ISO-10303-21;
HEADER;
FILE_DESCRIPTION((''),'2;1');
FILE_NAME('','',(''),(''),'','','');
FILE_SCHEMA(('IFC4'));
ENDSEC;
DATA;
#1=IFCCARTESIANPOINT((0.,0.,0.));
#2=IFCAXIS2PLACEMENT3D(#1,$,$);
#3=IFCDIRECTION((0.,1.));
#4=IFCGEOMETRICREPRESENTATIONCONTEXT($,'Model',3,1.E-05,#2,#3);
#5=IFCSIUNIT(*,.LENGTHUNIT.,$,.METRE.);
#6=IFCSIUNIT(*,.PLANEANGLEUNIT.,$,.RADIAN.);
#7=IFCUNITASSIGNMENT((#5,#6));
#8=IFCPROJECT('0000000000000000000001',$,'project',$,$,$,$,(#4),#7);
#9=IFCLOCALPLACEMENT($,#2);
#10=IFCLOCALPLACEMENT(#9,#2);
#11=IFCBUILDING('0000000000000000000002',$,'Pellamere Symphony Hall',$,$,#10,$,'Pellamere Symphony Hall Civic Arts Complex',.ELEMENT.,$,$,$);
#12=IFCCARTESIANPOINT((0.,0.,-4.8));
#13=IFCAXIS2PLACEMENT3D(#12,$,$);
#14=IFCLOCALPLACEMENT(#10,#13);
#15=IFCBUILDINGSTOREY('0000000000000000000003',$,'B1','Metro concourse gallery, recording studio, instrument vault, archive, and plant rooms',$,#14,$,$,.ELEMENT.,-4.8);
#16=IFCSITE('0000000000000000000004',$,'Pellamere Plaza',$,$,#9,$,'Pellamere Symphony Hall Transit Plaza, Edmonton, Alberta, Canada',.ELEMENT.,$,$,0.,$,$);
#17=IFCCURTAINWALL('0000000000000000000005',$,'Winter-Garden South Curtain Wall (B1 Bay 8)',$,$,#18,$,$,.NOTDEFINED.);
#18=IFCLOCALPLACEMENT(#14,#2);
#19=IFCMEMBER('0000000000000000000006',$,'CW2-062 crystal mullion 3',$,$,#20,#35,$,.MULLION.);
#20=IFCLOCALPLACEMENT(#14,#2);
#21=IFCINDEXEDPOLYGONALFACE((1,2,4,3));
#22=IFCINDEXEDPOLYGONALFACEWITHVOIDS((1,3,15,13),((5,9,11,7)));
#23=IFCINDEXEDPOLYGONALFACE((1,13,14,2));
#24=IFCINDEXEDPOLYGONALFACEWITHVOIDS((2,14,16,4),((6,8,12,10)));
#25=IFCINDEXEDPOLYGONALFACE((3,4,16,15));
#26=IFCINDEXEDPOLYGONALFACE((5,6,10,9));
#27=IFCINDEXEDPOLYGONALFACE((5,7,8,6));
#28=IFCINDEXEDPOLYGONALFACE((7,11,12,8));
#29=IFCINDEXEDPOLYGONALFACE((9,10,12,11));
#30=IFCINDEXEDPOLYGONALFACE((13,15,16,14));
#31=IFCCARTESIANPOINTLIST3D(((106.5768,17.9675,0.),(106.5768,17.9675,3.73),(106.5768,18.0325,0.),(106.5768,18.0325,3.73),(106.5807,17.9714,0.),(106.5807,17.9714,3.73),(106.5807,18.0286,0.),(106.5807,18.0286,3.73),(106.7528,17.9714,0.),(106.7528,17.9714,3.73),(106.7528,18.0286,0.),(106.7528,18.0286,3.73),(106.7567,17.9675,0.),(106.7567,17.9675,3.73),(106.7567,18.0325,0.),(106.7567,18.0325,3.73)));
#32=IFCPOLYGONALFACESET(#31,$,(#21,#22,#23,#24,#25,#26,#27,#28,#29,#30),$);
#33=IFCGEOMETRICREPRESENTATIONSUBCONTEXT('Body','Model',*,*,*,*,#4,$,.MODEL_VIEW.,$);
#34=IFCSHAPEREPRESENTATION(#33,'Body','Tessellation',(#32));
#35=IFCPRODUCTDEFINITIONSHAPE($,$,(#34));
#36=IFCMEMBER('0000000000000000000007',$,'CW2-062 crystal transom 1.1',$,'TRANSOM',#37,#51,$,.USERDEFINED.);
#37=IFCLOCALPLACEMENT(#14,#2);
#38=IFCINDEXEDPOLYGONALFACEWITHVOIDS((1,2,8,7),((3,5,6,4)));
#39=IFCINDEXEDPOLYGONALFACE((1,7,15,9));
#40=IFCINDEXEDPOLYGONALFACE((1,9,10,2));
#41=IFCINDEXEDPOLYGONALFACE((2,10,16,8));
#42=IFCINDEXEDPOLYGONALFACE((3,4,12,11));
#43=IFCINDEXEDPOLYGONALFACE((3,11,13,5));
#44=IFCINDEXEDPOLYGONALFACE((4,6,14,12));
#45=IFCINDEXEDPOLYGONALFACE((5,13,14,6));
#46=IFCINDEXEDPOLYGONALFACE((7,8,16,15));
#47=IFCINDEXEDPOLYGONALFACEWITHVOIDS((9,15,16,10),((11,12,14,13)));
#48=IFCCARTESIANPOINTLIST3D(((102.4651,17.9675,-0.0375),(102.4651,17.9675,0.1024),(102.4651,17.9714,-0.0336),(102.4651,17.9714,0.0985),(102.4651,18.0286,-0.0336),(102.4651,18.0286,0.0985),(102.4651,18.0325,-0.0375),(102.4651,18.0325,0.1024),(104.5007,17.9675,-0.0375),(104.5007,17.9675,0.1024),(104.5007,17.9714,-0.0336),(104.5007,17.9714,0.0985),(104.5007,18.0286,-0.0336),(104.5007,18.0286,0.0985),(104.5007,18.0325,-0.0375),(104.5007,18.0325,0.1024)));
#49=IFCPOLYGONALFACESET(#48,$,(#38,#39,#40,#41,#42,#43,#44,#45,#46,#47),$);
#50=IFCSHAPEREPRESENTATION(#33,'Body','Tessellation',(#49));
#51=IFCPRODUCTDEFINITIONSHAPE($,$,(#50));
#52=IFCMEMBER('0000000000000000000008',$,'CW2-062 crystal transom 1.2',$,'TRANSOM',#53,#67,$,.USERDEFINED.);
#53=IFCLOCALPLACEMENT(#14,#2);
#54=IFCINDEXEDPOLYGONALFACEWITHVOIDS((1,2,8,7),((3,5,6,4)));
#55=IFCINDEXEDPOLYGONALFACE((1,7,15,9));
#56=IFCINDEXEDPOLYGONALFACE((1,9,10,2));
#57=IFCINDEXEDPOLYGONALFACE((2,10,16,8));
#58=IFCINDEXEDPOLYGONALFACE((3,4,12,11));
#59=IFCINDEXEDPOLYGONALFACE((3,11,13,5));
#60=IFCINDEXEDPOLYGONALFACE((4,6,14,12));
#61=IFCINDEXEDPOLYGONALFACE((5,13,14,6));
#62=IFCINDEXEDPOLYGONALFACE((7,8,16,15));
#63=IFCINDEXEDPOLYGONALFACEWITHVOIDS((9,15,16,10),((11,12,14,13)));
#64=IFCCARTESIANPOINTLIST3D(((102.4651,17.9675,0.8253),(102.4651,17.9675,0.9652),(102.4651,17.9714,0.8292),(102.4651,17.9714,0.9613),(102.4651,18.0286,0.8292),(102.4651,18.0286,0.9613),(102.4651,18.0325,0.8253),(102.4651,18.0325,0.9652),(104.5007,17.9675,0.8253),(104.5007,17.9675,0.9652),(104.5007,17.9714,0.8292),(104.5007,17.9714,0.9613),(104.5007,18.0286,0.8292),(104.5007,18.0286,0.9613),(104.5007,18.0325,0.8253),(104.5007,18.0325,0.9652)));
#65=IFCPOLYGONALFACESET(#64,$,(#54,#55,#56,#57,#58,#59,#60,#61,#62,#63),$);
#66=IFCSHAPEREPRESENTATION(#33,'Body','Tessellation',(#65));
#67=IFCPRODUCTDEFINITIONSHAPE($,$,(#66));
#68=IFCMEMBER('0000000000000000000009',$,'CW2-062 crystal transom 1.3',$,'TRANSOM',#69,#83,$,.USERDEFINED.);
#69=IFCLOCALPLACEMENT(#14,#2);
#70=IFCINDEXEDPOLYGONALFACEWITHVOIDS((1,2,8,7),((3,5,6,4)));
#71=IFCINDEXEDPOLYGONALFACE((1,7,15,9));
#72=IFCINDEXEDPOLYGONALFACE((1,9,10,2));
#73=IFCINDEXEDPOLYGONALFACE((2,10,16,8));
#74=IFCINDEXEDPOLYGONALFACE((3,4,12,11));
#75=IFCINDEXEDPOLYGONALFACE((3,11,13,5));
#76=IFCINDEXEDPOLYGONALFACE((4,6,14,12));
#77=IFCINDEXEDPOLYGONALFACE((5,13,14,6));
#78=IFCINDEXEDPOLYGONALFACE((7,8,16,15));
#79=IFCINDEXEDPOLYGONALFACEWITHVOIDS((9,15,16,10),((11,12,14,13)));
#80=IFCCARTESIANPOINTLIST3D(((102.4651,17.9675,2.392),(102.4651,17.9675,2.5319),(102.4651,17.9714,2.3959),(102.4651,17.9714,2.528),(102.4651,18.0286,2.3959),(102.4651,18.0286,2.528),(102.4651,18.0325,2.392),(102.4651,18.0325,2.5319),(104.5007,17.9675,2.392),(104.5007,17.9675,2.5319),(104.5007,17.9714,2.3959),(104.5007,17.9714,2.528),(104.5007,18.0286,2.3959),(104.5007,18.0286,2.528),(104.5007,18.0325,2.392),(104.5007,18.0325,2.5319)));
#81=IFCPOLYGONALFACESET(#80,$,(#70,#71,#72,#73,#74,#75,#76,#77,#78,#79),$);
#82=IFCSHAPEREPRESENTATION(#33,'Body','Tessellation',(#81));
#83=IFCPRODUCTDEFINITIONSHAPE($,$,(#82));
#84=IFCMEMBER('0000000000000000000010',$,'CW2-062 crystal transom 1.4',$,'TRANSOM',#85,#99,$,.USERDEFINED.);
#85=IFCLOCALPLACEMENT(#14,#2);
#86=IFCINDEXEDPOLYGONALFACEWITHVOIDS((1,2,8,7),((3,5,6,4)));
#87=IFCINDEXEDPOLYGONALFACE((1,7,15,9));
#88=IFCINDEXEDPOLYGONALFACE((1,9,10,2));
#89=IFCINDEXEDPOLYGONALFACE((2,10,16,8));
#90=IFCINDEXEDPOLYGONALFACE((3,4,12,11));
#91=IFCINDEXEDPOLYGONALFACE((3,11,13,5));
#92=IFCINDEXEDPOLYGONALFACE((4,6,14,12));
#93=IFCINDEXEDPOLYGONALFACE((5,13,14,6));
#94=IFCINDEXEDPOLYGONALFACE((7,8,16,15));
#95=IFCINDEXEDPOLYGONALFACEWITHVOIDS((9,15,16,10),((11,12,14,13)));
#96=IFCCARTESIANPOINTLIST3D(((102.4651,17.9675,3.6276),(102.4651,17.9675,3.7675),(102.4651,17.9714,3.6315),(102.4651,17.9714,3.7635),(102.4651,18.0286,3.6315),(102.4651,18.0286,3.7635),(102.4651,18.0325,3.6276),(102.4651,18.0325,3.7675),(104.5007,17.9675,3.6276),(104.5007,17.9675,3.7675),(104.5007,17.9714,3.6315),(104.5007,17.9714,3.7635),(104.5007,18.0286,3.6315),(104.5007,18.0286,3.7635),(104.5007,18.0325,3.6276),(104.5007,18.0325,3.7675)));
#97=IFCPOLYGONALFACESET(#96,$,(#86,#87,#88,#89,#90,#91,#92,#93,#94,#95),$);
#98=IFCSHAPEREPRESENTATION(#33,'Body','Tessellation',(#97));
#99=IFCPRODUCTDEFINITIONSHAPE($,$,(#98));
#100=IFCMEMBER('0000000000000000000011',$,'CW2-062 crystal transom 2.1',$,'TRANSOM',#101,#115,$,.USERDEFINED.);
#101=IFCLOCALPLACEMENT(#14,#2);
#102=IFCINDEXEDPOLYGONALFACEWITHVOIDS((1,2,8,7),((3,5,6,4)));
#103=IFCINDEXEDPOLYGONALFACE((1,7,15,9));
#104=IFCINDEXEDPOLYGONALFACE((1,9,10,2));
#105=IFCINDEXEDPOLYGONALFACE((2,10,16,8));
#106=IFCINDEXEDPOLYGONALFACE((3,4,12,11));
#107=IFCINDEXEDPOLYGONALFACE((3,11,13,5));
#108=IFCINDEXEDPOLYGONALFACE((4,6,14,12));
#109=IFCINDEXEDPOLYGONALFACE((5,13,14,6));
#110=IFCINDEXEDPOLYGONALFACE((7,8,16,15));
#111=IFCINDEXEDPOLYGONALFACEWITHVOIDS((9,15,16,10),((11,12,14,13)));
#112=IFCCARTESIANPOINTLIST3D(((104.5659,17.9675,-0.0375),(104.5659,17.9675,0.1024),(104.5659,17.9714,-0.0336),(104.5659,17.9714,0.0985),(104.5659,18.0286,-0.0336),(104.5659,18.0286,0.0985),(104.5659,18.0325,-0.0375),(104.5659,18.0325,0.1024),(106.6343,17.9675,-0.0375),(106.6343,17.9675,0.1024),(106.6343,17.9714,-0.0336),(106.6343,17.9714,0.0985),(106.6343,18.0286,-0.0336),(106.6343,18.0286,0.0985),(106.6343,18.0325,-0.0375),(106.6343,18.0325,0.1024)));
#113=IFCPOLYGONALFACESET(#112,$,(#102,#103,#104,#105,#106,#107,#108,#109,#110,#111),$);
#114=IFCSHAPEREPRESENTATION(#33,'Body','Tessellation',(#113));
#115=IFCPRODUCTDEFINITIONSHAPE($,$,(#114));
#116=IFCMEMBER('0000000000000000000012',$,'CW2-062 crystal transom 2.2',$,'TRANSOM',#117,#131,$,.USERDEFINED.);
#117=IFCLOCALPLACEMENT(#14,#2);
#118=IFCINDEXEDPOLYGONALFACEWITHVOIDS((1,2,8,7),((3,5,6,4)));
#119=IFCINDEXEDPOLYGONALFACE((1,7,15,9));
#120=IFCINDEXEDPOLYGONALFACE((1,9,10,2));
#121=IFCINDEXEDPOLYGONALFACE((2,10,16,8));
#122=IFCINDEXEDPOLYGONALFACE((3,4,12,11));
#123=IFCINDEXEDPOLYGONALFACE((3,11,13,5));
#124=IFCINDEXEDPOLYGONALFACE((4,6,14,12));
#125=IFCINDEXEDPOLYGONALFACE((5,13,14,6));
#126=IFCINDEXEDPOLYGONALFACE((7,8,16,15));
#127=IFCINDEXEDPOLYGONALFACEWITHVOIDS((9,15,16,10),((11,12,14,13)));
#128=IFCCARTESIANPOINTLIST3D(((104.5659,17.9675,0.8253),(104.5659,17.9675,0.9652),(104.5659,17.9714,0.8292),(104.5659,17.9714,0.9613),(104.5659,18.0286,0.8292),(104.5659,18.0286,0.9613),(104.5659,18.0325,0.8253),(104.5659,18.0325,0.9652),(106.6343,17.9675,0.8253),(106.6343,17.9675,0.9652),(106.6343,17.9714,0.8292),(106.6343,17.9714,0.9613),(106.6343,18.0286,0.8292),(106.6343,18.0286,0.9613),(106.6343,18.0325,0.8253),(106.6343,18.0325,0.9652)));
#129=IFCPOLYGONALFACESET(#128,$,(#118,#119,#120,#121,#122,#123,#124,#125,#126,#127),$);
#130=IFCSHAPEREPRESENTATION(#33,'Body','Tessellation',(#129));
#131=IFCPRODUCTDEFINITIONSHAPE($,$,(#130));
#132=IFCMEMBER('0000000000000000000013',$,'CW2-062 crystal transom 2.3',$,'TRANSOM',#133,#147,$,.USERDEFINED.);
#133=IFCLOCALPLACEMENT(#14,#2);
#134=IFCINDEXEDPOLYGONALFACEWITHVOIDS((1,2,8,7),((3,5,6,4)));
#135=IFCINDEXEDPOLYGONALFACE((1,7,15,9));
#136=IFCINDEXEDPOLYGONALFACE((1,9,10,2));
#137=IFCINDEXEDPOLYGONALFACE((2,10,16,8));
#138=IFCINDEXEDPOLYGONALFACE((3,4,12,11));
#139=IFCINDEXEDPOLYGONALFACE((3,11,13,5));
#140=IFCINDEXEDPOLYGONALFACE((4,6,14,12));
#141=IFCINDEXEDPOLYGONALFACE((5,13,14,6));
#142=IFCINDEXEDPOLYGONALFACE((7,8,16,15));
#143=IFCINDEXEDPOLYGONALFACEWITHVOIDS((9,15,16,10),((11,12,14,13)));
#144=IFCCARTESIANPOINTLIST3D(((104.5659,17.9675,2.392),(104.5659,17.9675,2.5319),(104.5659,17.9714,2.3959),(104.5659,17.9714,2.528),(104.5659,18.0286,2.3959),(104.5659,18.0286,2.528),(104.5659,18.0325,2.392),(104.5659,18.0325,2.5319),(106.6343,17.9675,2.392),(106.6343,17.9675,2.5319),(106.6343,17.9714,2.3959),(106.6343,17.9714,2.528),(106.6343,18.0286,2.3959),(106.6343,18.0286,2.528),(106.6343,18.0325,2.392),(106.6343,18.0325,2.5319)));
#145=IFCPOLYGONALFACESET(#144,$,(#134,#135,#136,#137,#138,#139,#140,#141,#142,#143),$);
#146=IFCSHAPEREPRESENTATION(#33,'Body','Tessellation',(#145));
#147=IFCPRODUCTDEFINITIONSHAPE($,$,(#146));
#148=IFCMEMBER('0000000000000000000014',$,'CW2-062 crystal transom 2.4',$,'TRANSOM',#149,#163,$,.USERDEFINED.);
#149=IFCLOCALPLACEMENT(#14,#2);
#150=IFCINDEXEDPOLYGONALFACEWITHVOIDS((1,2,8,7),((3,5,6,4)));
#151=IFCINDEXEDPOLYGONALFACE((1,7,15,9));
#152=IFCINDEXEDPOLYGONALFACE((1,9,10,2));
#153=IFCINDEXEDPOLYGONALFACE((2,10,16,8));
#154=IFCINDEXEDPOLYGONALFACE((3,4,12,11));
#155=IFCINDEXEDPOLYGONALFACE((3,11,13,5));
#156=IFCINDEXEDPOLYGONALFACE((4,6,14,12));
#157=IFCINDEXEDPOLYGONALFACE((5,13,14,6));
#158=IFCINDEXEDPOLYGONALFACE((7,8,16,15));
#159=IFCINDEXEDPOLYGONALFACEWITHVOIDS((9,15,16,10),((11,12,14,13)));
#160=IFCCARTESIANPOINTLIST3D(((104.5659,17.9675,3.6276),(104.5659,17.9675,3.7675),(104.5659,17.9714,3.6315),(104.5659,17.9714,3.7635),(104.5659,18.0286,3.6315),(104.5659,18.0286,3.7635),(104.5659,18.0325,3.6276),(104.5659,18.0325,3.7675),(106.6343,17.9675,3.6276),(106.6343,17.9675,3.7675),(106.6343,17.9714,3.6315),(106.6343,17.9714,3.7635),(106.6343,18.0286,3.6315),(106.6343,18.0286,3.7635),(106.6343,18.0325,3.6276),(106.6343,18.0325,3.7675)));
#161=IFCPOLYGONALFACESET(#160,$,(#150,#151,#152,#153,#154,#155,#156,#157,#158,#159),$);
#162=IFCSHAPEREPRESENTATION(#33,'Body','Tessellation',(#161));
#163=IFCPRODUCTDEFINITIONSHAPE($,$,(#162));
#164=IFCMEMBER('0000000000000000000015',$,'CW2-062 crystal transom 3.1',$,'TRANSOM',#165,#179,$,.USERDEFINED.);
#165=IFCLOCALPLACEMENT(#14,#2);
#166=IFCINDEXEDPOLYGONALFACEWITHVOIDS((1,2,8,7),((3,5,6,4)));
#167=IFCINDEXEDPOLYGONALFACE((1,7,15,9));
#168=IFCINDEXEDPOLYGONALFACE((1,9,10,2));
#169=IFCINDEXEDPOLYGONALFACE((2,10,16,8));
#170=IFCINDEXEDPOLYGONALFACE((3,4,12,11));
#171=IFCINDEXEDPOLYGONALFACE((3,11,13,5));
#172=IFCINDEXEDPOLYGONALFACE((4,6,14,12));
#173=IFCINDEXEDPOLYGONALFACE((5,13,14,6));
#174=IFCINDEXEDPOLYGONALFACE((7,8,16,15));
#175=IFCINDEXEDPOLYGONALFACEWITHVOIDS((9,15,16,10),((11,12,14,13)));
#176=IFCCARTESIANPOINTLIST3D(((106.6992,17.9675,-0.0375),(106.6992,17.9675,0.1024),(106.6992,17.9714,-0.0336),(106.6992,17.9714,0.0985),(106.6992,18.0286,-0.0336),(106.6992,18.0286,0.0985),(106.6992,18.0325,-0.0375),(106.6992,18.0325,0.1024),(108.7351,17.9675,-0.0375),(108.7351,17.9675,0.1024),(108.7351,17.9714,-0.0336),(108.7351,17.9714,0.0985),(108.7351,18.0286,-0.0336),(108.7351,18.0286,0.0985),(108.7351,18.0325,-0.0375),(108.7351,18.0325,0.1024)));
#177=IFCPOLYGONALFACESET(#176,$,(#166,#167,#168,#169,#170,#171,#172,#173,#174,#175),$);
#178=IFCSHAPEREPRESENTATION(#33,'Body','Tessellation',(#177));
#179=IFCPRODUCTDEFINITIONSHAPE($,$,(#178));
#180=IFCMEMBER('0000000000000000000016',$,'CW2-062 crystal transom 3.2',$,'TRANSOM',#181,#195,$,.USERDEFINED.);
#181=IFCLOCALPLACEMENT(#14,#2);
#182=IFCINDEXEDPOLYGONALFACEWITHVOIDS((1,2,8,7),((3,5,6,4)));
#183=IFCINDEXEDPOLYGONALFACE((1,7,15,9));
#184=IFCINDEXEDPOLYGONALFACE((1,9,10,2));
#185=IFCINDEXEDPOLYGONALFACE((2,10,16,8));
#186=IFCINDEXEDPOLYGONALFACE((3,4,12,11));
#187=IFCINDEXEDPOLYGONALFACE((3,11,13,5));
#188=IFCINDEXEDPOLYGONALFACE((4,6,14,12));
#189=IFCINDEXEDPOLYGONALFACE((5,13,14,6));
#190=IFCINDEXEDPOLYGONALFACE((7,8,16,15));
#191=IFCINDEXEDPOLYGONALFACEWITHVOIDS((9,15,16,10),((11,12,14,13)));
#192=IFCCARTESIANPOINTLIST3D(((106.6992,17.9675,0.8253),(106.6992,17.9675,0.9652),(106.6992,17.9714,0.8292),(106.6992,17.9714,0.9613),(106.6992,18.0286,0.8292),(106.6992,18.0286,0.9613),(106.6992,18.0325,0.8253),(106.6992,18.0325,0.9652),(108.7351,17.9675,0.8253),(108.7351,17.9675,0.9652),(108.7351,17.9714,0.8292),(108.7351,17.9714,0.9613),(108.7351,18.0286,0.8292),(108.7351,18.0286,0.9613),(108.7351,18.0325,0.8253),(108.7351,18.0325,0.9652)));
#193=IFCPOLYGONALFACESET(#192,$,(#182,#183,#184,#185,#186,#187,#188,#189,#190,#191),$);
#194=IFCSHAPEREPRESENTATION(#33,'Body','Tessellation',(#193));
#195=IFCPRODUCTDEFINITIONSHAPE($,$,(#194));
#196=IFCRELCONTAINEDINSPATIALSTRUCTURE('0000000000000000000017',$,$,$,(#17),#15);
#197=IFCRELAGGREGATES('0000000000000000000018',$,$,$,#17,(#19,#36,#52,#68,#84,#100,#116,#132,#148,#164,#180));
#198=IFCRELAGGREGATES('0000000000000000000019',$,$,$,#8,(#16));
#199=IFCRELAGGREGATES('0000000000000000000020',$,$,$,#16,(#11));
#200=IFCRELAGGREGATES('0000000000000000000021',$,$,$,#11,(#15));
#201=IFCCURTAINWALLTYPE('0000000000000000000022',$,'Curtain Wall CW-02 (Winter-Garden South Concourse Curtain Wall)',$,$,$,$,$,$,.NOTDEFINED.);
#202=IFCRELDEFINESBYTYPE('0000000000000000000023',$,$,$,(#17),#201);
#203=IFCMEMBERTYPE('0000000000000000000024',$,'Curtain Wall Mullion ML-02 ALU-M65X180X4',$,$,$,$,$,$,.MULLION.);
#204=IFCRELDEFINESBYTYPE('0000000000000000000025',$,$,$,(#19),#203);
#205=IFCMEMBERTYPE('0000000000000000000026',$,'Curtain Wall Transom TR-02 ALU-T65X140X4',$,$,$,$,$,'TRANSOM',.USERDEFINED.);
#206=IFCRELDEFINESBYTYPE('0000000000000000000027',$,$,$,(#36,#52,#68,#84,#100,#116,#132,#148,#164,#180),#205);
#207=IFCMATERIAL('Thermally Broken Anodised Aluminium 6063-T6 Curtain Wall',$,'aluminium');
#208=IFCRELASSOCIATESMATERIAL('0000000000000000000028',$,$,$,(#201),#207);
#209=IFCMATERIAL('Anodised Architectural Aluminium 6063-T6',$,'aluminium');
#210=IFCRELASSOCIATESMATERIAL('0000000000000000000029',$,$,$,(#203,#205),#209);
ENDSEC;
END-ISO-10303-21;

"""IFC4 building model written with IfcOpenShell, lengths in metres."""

from ifc_helpers import new_model, si_unit, direction, frame, origin, origin_2d, place, context, subcontext, project, spatial, hollow_rectangle, extrude, material, material_profile, profile_set, type_object, element, aggregate, save


model = new_model("IFC4")

# Units and contexts
model_context = context("Model", 3, precision=1e-05, world=origin(), true_north=direction((0.0, 1.0)))
body_context = subcontext(model_context, "Body", "Model", "MODEL_VIEW")
ifc_project = project(units=[si_unit("LENGTHUNIT", "METRE"), si_unit("PLANEANGLEUNIT", "RADIAN")], contexts=[model_context])

# Site, building, storey
site_placement = place(None, origin())
site = spatial("IfcSite", under=ifc_project, at=site_placement, Name="Pellamere Plaza", LongName="Pellamere Symphony Hall Transit Plaza, Edmonton, Alberta, Canada", CompositionType="ELEMENT", RefElevation=0.0)
building_placement = place(site_placement, origin())
building = spatial("IfcBuilding", under=site, at=building_placement, Name="Pellamere Symphony Hall", LongName="Pellamere Symphony Hall Civic Arts Complex", CompositionType="ELEMENT")
storey_placement = place(building_placement, frame((0.0, 0.0, -4.8)))
storey = spatial("IfcBuildingStorey", under=building, at=storey_placement, Name="B1", Description="Metro concourse gallery, recording studio, instrument vault, archive, and plant rooms", CompositionType="ELEMENT", Elevation=-4.8)

# Shared definitions
ifc_material_1 = material(Name="Thermally Broken Anodised Aluminium 6063-T6 Curtain Wall", Category="aluminium")
curtain_wall_type = type_object("IfcCurtainWallType", Name="Curtain Wall CW-02 (Winter-Garden South Concourse Curtain Wall)", PredefinedType="NOTDEFINED", material=ifc_material_1)
ifc_material_2 = material(Name="Anodised Architectural Aluminium 6063-T6", Category="aluminium")
ifc_material_profile_1 = material_profile(ifc_material_2, hollow_rectangle(XDim=0.0649, YDim=0.1799, WallThickness=0.0039, at=origin_2d()), Name="ALU-M65X180X4")
ifc_profile_set_1 = profile_set([ifc_material_profile_1], Name="Anodised Architectural Aluminium 6063-T6")
member_type_1 = type_object("IfcMemberType", Name="Curtain Wall Mullion ML-02 ALU-M65X180X4", PredefinedType="MULLION", material=ifc_profile_set_1)

# Curtain wall, members
curtain_wall_1_placement = place(storey_placement, origin())
curtain_wall_1 = element("IfcCurtainWall", 1, at=curtain_wall_1_placement, inside=storey, type_object=curtain_wall_type, Name="Winter-Garden South Curtain Wall (B1 Bay 8)", PredefinedType="NOTDEFINED")
member_1_placement = place(storey_placement, frame((106.6667, 18.0, 0.0), z_axis=(0.0, 0.0, 1.0), x_axis=(0.0, 1.0, 0.0)))
member_1 = element("IfcMember", 2, at=member_1_placement, type_object=member_type_1, Name="CW2-062 crystal mullion 3", PredefinedType="MULLION", context=body_context, shape_type="SweptSolid", body=[
    extrude(hollow_rectangle(XDim=0.0649, YDim=0.1799, WallThickness=0.0039, at=origin_2d()), origin(), (0.0, 0.0, 1.0), 3.73),
])
ifc_material_profile_2 = material_profile(ifc_material_2, hollow_rectangle(XDim=0.0649, YDim=0.1399, WallThickness=0.0039, at=origin_2d()), Name="ALU-T65X140X4")
ifc_profile_set_2 = profile_set([ifc_material_profile_2], Name="Anodised Architectural Aluminium 6063-T6")
member_type_2 = type_object("IfcMemberType", Name="Curtain Wall Transom TR-02 ALU-T65X140X4", ElementType="TRANSOM", PredefinedType="USERDEFINED", material=ifc_profile_set_2)
member_2_placement = place(storey_placement, frame((102.4651, 18.0, 0.0325), z_axis=(1.0, 0.0, 0.0), x_axis=(0.0, 1.0, 0.0)))
member_2 = element("IfcMember", 3, at=member_2_placement, type_object=member_type_2, Name="CW2-062 crystal transom 1.1", ObjectType="TRANSOM", PredefinedType="USERDEFINED", context=body_context, shape_type="SweptSolid", body=[
    extrude(hollow_rectangle(XDim=0.0649, YDim=0.1399, WallThickness=0.0039, at=origin_2d()), origin(), (0.0, 0.0, 1.0), 2.0356),
])
member_3_placement = place(storey_placement, frame((102.4651, 18.0, 0.8953), z_axis=(1.0, 0.0, 0.0), x_axis=(0.0, 1.0, 0.0)))
member_3 = element("IfcMember", 4, at=member_3_placement, type_object=member_type_2, Name="CW2-062 crystal transom 1.2", ObjectType="TRANSOM", PredefinedType="USERDEFINED", context=body_context, shape_type="SweptSolid", body=[
    extrude(hollow_rectangle(XDim=0.0649, YDim=0.1399, WallThickness=0.0039, at=origin_2d()), origin(), (0.0, 0.0, 1.0), 2.0356),
])
member_4_placement = place(storey_placement, frame((102.4651, 18.0, 2.4619), z_axis=(1.0, 0.0, 0.0), x_axis=(0.0, 1.0, 0.0)))
member_4 = element("IfcMember", 5, at=member_4_placement, type_object=member_type_2, Name="CW2-062 crystal transom 1.3", ObjectType="TRANSOM", PredefinedType="USERDEFINED", context=body_context, shape_type="SweptSolid", body=[
    extrude(hollow_rectangle(XDim=0.0649, YDim=0.1399, WallThickness=0.0039, at=origin_2d()), origin(), (0.0, 0.0, 1.0), 2.0356),
])
member_5_placement = place(storey_placement, frame((102.4651, 18.0, 3.6975), z_axis=(1.0, 0.0, 0.0), x_axis=(0.0, 1.0, 0.0)))
member_5 = element("IfcMember", 6, at=member_5_placement, type_object=member_type_2, Name="CW2-062 crystal transom 1.4", ObjectType="TRANSOM", PredefinedType="USERDEFINED", context=body_context, shape_type="SweptSolid", body=[
    extrude(hollow_rectangle(XDim=0.0649, YDim=0.1399, WallThickness=0.0039, at=origin_2d()), origin(), (0.0, 0.0, 1.0), 2.0356),
])
member_6_placement = place(storey_placement, frame((104.5659, 18.0, 0.0325), z_axis=(1.0, 0.0, 0.0), x_axis=(0.0, 1.0, 0.0)))
member_6 = element("IfcMember", 7, at=member_6_placement, type_object=member_type_2, Name="CW2-062 crystal transom 2.1", ObjectType="TRANSOM", PredefinedType="USERDEFINED", context=body_context, shape_type="SweptSolid", body=[
    extrude(hollow_rectangle(XDim=0.0649, YDim=0.1399, WallThickness=0.0039, at=origin_2d()), origin(), (0.0, 0.0, 1.0), 2.0684),
])
member_7_placement = place(storey_placement, frame((104.5659, 18.0, 0.8953), z_axis=(1.0, 0.0, 0.0), x_axis=(0.0, 1.0, 0.0)))
member_7 = element("IfcMember", 8, at=member_7_placement, type_object=member_type_2, Name="CW2-062 crystal transom 2.2", ObjectType="TRANSOM", PredefinedType="USERDEFINED", context=body_context, shape_type="SweptSolid", body=[
    extrude(hollow_rectangle(XDim=0.0649, YDim=0.1399, WallThickness=0.0039, at=origin_2d()), origin(), (0.0, 0.0, 1.0), 2.0684),
])
member_8_placement = place(storey_placement, frame((104.5659, 18.0, 2.4619), z_axis=(1.0, 0.0, 0.0), x_axis=(0.0, 1.0, 0.0)))
member_8 = element("IfcMember", 9, at=member_8_placement, type_object=member_type_2, Name="CW2-062 crystal transom 2.3", ObjectType="TRANSOM", PredefinedType="USERDEFINED", context=body_context, shape_type="SweptSolid", body=[
    extrude(hollow_rectangle(XDim=0.0649, YDim=0.1399, WallThickness=0.0039, at=origin_2d()), origin(), (0.0, 0.0, 1.0), 2.0684),
])
member_9_placement = place(storey_placement, frame((104.5659, 18.0, 3.6975), z_axis=(1.0, 0.0, 0.0), x_axis=(0.0, 1.0, 0.0)))
member_9 = element("IfcMember", 10, at=member_9_placement, type_object=member_type_2, Name="CW2-062 crystal transom 2.4", ObjectType="TRANSOM", PredefinedType="USERDEFINED", context=body_context, shape_type="SweptSolid", body=[
    extrude(hollow_rectangle(XDim=0.0649, YDim=0.1399, WallThickness=0.0039, at=origin_2d()), origin(), (0.0, 0.0, 1.0), 2.0684),
])
member_10_placement = place(storey_placement, frame((106.6992, 18.0, 0.0325), z_axis=(1.0, 0.0, 0.0), x_axis=(0.0, 1.0, 0.0)))
member_10 = element("IfcMember", 11, at=member_10_placement, type_object=member_type_2, Name="CW2-062 crystal transom 3.1", ObjectType="TRANSOM", PredefinedType="USERDEFINED", context=body_context, shape_type="SweptSolid", body=[
    extrude(hollow_rectangle(XDim=0.0649, YDim=0.1399, WallThickness=0.0039, at=origin_2d()), origin(), (0.0, 0.0, 1.0), 2.0359),
])
member_11_placement = place(storey_placement, frame((106.6992, 18.0, 0.8953), z_axis=(1.0, 0.0, 0.0), x_axis=(0.0, 1.0, 0.0)))
member_11 = element("IfcMember", 12, at=member_11_placement, type_object=member_type_2, Name="CW2-062 crystal transom 3.2", ObjectType="TRANSOM", PredefinedType="USERDEFINED", context=body_context, shape_type="SweptSolid", body=[
    extrude(hollow_rectangle(XDim=0.0649, YDim=0.1399, WallThickness=0.0039, at=origin_2d()), origin(), (0.0, 0.0, 1.0), 2.0359),
])
aggregate(curtain_wall_1, [member_1, member_2, member_3, member_4, member_5, member_6, member_7, member_8, member_9, member_10, member_11])

save(model, "model.ifc")
